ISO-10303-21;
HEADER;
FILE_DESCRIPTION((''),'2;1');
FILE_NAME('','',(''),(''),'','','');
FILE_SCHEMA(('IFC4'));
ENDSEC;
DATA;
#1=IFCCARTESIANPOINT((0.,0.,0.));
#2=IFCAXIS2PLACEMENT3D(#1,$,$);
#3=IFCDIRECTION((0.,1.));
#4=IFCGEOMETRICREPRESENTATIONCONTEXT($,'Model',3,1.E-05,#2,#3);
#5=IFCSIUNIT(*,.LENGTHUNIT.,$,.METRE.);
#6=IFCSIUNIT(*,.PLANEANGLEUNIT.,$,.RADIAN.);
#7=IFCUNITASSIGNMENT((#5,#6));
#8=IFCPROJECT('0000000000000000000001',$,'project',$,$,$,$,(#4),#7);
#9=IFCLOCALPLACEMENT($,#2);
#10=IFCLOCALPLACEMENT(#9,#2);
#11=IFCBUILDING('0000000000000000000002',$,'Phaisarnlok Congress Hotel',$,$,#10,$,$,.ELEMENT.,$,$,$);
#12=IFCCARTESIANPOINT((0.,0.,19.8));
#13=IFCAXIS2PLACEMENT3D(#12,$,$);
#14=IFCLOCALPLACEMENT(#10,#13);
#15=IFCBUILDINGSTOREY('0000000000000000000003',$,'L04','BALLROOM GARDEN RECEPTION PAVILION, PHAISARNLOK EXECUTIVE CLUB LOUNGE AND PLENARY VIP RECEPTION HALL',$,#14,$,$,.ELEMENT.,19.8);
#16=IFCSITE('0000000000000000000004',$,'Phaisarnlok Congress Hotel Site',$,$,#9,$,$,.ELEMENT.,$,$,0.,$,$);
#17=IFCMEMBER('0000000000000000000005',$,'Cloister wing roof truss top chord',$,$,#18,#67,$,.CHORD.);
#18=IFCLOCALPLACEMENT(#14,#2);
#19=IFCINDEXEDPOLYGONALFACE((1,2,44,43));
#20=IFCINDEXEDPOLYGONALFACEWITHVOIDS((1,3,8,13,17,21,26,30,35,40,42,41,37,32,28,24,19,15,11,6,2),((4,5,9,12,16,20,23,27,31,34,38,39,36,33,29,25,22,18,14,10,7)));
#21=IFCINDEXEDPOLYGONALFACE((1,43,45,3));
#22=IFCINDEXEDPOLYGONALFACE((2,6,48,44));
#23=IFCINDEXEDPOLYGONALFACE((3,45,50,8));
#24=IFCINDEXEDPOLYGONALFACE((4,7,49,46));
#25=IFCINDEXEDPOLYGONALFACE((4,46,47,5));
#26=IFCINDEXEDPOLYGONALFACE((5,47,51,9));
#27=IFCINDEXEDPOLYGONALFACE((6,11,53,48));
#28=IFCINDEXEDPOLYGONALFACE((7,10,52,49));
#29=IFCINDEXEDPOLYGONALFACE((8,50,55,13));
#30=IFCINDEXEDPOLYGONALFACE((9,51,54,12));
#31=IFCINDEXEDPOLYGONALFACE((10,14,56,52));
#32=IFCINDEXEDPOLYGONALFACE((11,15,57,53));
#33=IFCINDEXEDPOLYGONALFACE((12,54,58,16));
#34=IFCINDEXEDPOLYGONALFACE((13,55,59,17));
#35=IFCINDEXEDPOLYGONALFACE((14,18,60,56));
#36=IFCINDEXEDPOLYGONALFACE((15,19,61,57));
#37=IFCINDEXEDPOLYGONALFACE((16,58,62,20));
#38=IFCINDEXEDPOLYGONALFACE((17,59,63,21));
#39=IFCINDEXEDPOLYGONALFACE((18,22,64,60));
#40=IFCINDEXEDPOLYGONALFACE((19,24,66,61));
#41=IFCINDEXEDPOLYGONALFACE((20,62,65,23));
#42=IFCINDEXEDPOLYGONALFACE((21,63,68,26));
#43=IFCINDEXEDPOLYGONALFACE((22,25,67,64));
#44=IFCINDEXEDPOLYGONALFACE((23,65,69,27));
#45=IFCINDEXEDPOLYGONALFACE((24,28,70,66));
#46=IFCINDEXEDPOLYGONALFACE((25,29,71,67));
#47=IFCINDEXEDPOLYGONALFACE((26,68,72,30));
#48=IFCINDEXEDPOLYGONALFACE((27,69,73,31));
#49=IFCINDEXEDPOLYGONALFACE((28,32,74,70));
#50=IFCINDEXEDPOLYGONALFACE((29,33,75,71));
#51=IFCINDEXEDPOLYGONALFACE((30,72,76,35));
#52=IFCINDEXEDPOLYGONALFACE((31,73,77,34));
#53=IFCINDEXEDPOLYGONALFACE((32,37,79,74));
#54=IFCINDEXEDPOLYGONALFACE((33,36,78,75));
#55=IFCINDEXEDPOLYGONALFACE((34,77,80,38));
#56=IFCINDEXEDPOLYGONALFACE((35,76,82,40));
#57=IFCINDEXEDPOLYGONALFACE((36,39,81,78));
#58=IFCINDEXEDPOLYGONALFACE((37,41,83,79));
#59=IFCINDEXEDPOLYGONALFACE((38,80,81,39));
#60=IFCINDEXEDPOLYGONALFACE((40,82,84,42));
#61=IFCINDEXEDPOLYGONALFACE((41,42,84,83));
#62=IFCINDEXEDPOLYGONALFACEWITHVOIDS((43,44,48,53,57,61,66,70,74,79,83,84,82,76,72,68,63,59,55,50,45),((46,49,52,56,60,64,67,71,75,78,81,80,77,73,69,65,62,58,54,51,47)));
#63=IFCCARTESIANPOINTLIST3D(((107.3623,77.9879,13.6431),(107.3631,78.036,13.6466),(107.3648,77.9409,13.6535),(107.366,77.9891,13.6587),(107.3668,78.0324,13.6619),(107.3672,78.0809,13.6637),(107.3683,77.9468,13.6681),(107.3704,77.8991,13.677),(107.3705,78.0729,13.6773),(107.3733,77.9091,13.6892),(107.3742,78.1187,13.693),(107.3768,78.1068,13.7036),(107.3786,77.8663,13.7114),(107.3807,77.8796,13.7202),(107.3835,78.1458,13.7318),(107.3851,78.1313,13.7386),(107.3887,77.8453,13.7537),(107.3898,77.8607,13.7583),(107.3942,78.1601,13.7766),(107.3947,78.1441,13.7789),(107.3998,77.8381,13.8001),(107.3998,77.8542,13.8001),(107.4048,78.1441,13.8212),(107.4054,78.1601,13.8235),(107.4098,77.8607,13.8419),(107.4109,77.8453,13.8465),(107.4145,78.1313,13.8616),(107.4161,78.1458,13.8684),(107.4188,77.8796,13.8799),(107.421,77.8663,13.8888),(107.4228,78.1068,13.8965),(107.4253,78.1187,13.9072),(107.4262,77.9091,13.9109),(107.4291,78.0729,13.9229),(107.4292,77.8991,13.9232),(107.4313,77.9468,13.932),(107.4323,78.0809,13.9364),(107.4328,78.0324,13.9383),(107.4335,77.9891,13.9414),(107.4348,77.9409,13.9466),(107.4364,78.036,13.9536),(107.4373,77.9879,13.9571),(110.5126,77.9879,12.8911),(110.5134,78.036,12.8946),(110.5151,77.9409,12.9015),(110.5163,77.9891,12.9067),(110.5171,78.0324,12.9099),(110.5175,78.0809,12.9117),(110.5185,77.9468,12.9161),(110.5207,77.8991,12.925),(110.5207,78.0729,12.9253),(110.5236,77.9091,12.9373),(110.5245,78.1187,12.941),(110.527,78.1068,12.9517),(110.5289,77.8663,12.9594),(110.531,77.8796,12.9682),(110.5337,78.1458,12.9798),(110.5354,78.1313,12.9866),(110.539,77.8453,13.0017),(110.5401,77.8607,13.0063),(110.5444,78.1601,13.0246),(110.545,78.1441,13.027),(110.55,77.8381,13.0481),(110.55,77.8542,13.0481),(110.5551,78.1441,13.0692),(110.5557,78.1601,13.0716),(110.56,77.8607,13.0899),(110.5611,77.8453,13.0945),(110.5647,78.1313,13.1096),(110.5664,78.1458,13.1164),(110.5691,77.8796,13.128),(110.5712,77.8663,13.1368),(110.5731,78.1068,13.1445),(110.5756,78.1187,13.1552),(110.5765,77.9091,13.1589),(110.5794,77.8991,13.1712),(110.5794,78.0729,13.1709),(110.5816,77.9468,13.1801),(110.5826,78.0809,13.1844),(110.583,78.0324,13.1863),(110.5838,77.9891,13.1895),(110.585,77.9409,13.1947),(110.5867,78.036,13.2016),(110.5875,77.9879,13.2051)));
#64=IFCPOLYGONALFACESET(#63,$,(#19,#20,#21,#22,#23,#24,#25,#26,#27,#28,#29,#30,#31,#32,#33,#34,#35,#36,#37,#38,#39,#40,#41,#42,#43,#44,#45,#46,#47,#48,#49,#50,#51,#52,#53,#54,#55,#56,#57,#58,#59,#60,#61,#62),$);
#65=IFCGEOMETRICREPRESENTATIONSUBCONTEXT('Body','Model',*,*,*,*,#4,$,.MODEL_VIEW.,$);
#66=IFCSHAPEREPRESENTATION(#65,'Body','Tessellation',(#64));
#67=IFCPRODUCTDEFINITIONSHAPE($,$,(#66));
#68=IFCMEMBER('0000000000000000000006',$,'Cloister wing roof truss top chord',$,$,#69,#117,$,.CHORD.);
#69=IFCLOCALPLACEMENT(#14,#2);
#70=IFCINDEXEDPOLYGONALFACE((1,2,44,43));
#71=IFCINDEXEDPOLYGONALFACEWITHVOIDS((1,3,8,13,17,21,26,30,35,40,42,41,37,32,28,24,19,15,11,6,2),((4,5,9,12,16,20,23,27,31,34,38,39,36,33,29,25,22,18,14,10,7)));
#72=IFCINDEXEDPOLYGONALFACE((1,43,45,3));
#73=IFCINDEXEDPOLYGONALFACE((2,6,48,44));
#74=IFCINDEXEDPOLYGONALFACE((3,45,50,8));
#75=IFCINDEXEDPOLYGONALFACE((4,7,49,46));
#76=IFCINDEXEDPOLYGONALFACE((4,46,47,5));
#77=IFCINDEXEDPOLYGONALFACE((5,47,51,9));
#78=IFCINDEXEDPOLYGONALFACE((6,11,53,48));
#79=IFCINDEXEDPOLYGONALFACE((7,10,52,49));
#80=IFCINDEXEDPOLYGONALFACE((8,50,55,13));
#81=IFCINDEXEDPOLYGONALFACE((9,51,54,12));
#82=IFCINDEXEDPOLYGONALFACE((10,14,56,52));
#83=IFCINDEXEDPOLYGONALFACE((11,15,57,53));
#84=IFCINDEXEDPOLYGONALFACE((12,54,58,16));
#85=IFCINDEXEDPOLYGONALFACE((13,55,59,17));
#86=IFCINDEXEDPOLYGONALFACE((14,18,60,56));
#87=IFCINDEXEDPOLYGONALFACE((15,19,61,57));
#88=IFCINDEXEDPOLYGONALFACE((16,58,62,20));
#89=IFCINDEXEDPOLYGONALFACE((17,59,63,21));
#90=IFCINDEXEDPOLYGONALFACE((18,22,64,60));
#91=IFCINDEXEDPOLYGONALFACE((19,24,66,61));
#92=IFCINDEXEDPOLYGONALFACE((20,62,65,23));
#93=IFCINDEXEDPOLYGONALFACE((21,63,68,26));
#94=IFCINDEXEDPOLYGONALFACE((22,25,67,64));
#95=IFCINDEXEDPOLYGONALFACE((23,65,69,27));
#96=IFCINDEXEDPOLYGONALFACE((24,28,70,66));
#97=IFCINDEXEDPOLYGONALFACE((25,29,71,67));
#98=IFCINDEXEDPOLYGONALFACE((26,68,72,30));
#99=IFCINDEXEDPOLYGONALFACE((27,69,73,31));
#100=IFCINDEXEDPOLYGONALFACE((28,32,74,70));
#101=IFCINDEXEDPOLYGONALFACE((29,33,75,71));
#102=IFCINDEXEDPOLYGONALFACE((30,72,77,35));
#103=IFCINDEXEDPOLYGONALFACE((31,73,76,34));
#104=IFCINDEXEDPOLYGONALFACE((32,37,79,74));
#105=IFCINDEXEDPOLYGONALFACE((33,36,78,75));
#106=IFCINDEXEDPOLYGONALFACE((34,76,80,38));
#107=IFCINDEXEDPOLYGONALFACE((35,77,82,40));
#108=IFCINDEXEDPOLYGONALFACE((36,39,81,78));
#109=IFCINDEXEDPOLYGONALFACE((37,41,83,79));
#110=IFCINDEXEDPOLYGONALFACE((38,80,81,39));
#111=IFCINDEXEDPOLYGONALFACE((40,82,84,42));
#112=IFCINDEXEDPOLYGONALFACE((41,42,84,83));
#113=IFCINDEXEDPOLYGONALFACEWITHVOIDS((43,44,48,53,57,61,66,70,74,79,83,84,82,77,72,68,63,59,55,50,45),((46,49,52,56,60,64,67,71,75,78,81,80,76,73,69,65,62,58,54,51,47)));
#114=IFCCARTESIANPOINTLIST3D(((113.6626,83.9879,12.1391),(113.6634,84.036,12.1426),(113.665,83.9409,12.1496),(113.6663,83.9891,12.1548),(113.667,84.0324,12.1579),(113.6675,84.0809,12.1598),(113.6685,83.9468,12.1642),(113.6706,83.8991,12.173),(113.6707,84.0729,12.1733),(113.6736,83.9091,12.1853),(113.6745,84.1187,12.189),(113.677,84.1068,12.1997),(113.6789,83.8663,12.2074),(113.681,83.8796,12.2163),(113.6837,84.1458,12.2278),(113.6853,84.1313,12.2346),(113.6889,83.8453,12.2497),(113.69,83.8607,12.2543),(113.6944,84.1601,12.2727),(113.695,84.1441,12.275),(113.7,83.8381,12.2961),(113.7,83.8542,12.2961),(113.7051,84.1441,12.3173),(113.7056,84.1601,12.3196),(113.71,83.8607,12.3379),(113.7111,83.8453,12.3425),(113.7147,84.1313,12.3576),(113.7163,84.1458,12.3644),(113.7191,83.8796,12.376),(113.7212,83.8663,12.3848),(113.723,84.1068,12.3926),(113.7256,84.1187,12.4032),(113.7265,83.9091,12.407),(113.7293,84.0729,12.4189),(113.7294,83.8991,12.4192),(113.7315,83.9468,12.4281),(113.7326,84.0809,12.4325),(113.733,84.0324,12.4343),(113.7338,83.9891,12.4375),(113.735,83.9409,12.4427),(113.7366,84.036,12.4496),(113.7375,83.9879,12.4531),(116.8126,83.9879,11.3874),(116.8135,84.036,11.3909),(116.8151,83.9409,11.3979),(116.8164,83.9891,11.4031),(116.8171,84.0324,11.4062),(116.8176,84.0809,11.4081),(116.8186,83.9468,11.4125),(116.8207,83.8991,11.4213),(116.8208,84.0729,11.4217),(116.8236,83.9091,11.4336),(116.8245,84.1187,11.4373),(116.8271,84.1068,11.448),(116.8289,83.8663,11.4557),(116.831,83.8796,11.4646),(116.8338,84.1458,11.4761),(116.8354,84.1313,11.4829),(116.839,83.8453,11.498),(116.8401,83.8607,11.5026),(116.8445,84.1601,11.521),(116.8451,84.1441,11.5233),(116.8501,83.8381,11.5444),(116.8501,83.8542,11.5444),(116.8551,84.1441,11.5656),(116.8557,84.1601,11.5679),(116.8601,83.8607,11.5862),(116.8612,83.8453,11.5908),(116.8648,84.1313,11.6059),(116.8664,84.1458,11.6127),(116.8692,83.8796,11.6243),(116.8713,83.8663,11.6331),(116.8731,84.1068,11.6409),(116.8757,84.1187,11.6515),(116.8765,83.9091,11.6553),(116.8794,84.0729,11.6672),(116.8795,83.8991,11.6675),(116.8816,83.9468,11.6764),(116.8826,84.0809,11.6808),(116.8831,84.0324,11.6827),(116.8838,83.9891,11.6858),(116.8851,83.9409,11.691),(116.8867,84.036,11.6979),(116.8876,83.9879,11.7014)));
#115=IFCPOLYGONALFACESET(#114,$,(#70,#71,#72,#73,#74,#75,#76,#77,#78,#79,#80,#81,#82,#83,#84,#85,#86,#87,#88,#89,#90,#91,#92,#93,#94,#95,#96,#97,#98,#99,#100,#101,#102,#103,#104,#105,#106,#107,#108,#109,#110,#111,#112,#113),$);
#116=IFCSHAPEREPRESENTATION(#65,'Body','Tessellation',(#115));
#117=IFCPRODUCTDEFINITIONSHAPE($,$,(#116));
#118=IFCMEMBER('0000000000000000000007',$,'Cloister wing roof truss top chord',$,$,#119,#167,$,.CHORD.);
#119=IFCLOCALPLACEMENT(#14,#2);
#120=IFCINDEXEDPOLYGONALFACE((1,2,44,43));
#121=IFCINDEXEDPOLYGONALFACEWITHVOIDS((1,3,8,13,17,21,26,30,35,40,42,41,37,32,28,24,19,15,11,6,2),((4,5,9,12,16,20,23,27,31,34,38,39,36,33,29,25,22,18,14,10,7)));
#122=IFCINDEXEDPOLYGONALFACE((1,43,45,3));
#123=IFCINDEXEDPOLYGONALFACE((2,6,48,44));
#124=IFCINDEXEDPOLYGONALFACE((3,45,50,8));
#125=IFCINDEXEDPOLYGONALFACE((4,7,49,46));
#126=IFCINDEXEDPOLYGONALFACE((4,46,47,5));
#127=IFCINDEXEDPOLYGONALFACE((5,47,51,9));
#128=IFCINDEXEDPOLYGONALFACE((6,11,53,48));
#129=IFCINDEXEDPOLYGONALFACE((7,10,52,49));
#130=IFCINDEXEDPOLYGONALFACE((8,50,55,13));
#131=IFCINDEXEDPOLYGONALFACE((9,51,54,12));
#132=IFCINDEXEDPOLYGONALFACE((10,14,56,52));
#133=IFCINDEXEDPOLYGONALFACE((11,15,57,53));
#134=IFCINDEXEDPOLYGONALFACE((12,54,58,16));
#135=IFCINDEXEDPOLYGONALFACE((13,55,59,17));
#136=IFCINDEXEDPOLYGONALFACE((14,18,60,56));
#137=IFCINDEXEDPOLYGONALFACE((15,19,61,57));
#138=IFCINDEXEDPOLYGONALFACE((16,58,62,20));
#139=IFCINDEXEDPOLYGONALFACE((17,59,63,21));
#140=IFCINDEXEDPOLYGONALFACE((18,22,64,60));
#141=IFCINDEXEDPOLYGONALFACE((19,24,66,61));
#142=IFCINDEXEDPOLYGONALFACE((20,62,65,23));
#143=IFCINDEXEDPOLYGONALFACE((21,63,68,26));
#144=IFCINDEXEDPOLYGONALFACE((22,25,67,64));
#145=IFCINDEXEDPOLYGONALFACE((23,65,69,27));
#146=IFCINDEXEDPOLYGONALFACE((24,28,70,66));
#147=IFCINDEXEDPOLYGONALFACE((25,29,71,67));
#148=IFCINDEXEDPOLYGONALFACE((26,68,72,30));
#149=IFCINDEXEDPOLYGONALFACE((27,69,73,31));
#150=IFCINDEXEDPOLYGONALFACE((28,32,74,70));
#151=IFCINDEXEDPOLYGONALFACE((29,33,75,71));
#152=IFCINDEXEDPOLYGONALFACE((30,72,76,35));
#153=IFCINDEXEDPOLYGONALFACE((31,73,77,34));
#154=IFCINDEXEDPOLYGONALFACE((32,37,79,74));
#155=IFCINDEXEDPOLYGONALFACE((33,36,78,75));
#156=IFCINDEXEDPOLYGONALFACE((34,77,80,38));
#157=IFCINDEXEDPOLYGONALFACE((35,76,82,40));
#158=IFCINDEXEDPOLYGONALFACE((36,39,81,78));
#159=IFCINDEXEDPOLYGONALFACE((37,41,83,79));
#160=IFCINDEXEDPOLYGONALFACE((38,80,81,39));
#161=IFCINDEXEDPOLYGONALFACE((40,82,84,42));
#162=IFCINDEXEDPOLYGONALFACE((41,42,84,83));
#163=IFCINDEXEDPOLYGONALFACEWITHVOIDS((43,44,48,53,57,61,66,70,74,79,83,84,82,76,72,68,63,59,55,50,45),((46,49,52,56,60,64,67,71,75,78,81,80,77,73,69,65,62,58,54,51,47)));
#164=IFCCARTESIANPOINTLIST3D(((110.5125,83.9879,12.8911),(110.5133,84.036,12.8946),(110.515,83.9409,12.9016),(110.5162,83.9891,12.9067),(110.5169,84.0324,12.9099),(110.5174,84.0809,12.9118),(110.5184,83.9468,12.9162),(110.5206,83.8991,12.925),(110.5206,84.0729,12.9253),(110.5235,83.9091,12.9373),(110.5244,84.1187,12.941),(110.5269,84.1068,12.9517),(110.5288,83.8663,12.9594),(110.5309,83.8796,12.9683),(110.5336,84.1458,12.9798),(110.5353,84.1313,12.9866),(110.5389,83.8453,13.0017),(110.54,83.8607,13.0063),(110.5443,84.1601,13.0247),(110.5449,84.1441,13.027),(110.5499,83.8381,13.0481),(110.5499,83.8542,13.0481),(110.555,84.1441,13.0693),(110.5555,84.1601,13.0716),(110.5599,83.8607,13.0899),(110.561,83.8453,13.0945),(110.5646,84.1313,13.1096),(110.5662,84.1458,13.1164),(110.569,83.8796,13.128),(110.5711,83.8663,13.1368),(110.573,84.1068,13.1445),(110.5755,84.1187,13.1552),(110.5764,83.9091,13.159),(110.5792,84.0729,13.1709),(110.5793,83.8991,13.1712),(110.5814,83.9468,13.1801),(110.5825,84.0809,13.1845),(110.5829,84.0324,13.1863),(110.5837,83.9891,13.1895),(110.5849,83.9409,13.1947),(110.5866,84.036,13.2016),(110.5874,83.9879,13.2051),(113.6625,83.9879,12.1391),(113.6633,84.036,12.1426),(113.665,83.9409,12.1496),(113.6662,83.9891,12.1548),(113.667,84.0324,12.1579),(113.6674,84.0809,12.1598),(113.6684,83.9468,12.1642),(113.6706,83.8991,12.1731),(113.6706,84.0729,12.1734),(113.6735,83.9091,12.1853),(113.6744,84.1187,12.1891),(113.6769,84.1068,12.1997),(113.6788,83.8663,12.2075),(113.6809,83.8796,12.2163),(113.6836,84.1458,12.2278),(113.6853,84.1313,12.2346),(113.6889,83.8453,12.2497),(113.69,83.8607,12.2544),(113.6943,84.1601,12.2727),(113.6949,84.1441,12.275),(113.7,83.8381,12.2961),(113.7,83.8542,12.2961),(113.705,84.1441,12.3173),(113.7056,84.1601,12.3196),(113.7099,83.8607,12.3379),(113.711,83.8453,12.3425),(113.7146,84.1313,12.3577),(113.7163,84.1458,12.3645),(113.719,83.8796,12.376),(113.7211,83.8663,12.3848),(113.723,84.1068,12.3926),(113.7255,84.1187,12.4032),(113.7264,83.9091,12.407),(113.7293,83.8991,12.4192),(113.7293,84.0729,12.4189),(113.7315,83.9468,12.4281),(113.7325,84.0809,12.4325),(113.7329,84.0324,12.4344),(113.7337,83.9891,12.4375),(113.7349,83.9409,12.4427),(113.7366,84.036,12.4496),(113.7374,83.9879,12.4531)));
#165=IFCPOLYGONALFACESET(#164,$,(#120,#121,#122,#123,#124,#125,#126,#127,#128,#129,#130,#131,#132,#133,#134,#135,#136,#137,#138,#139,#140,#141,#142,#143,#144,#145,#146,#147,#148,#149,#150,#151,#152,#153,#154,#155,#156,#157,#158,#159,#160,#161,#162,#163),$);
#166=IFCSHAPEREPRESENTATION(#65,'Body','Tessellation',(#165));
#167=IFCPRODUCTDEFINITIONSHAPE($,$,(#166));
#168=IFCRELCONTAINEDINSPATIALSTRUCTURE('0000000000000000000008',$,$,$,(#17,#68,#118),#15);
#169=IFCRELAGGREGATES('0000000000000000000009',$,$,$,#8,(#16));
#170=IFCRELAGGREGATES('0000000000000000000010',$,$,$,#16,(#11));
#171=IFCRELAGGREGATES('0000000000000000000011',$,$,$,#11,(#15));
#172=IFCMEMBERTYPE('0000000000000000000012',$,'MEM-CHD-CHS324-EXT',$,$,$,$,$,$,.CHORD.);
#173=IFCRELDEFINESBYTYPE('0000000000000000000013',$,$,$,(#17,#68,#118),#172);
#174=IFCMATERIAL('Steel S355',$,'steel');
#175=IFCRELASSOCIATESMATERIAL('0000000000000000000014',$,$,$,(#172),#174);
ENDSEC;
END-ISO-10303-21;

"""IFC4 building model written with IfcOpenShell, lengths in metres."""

from ifc_helpers import new_model, si_unit, direction, frame, origin, origin_2d, place, context, subcontext, project, spatial, hollow_circle, extrude, material, material_profile, profile_set, type_object, element, save


model = new_model("IFC4")

# Units and contexts
model_context = context("Model", 3, precision=1e-05, world=origin(), true_north=direction((0.0, 1.0)))
body_context = subcontext(model_context, "Body", "Model", "MODEL_VIEW")
ifc_project = project(units=[si_unit("LENGTHUNIT", "METRE"), si_unit("PLANEANGLEUNIT", "RADIAN")], contexts=[model_context])

# Site, building, storey
site_placement = place(None, origin())
site = spatial("IfcSite", under=ifc_project, at=site_placement, Name="Phaisarnlok Congress Hotel Site", CompositionType="ELEMENT", RefElevation=0.0)
building_placement = place(site_placement, origin())
building = spatial("IfcBuilding", under=site, at=building_placement, Name="Phaisarnlok Congress Hotel", CompositionType="ELEMENT")
storey_placement = place(building_placement, frame((0.0, 0.0, 19.8)))
storey = spatial("IfcBuildingStorey", under=building, at=storey_placement, Name="L04", Description="BALLROOM GARDEN RECEPTION PAVILION, PHAISARNLOK EXECUTIVE CLUB LOUNGE AND PLENARY VIP RECEPTION HALL", CompositionType="ELEMENT", Elevation=19.8)

# Shared definitions
ifc_material_1 = material(Name="Steel S355", Category="steel")

# Members
ifc_material_profile_1 = material_profile(ifc_material_1, hollow_circle(Radius=0.1619, WallThickness=0.0161, at=origin_2d()), Name="CHS 323.9x16")
ifc_profile_set_1 = profile_set([ifc_material_profile_1], Name="Steel S355")
member_type_1 = type_object("IfcMemberType", Name="MEM-CHD-CHS324-EXT", PredefinedType="CHORD", material=ifc_profile_set_1)
member_1_placement = place(storey_placement, frame((110.55, 78.0, 13.0481), z_axis=(-0.972673, 0.0, 0.232181), x_axis=(0.0, -1.0, 0.0)))
element("IfcMember", 1, at=member_1_placement, inside=storey, type_object=member_type_1, Name="Cloister wing roof truss top chord", PredefinedType="CHORD", context=body_context, shape_type="SweptSolid", body=[
    extrude(hollow_circle(Radius=0.1619, WallThickness=0.0161, at=origin_2d()), origin(), (0.0, 0.0, 1.0), 3.2388),
])
for number, where, z_axis, x_axis, name in (
    (2, (116.8501, 84.0, 11.5444), (-0.97269, 0.0, 0.23211), (0.0, -1.0, 0.0), "Cloister wing roof truss top chord"),
    (3, (113.7, 84.0, 12.2961), (-0.972669, 0.0, 0.232198), (0.0, -1.0, 0.0), "Cloister wing roof truss top chord"),
):
    element("IfcMember", number, at=place(storey_placement, frame(where, z_axis=z_axis, x_axis=x_axis)), inside=storey, type_object=member_type_1, Name=name, PredefinedType="CHORD", context=body_context, shape_type="SweptSolid", body=[
        extrude(hollow_circle(Radius=0.1619, WallThickness=0.0161, at=origin_2d()), origin(), (0.0, 0.0, 1.0), 3.2385),
    ])

save(model, "model.ifc")
